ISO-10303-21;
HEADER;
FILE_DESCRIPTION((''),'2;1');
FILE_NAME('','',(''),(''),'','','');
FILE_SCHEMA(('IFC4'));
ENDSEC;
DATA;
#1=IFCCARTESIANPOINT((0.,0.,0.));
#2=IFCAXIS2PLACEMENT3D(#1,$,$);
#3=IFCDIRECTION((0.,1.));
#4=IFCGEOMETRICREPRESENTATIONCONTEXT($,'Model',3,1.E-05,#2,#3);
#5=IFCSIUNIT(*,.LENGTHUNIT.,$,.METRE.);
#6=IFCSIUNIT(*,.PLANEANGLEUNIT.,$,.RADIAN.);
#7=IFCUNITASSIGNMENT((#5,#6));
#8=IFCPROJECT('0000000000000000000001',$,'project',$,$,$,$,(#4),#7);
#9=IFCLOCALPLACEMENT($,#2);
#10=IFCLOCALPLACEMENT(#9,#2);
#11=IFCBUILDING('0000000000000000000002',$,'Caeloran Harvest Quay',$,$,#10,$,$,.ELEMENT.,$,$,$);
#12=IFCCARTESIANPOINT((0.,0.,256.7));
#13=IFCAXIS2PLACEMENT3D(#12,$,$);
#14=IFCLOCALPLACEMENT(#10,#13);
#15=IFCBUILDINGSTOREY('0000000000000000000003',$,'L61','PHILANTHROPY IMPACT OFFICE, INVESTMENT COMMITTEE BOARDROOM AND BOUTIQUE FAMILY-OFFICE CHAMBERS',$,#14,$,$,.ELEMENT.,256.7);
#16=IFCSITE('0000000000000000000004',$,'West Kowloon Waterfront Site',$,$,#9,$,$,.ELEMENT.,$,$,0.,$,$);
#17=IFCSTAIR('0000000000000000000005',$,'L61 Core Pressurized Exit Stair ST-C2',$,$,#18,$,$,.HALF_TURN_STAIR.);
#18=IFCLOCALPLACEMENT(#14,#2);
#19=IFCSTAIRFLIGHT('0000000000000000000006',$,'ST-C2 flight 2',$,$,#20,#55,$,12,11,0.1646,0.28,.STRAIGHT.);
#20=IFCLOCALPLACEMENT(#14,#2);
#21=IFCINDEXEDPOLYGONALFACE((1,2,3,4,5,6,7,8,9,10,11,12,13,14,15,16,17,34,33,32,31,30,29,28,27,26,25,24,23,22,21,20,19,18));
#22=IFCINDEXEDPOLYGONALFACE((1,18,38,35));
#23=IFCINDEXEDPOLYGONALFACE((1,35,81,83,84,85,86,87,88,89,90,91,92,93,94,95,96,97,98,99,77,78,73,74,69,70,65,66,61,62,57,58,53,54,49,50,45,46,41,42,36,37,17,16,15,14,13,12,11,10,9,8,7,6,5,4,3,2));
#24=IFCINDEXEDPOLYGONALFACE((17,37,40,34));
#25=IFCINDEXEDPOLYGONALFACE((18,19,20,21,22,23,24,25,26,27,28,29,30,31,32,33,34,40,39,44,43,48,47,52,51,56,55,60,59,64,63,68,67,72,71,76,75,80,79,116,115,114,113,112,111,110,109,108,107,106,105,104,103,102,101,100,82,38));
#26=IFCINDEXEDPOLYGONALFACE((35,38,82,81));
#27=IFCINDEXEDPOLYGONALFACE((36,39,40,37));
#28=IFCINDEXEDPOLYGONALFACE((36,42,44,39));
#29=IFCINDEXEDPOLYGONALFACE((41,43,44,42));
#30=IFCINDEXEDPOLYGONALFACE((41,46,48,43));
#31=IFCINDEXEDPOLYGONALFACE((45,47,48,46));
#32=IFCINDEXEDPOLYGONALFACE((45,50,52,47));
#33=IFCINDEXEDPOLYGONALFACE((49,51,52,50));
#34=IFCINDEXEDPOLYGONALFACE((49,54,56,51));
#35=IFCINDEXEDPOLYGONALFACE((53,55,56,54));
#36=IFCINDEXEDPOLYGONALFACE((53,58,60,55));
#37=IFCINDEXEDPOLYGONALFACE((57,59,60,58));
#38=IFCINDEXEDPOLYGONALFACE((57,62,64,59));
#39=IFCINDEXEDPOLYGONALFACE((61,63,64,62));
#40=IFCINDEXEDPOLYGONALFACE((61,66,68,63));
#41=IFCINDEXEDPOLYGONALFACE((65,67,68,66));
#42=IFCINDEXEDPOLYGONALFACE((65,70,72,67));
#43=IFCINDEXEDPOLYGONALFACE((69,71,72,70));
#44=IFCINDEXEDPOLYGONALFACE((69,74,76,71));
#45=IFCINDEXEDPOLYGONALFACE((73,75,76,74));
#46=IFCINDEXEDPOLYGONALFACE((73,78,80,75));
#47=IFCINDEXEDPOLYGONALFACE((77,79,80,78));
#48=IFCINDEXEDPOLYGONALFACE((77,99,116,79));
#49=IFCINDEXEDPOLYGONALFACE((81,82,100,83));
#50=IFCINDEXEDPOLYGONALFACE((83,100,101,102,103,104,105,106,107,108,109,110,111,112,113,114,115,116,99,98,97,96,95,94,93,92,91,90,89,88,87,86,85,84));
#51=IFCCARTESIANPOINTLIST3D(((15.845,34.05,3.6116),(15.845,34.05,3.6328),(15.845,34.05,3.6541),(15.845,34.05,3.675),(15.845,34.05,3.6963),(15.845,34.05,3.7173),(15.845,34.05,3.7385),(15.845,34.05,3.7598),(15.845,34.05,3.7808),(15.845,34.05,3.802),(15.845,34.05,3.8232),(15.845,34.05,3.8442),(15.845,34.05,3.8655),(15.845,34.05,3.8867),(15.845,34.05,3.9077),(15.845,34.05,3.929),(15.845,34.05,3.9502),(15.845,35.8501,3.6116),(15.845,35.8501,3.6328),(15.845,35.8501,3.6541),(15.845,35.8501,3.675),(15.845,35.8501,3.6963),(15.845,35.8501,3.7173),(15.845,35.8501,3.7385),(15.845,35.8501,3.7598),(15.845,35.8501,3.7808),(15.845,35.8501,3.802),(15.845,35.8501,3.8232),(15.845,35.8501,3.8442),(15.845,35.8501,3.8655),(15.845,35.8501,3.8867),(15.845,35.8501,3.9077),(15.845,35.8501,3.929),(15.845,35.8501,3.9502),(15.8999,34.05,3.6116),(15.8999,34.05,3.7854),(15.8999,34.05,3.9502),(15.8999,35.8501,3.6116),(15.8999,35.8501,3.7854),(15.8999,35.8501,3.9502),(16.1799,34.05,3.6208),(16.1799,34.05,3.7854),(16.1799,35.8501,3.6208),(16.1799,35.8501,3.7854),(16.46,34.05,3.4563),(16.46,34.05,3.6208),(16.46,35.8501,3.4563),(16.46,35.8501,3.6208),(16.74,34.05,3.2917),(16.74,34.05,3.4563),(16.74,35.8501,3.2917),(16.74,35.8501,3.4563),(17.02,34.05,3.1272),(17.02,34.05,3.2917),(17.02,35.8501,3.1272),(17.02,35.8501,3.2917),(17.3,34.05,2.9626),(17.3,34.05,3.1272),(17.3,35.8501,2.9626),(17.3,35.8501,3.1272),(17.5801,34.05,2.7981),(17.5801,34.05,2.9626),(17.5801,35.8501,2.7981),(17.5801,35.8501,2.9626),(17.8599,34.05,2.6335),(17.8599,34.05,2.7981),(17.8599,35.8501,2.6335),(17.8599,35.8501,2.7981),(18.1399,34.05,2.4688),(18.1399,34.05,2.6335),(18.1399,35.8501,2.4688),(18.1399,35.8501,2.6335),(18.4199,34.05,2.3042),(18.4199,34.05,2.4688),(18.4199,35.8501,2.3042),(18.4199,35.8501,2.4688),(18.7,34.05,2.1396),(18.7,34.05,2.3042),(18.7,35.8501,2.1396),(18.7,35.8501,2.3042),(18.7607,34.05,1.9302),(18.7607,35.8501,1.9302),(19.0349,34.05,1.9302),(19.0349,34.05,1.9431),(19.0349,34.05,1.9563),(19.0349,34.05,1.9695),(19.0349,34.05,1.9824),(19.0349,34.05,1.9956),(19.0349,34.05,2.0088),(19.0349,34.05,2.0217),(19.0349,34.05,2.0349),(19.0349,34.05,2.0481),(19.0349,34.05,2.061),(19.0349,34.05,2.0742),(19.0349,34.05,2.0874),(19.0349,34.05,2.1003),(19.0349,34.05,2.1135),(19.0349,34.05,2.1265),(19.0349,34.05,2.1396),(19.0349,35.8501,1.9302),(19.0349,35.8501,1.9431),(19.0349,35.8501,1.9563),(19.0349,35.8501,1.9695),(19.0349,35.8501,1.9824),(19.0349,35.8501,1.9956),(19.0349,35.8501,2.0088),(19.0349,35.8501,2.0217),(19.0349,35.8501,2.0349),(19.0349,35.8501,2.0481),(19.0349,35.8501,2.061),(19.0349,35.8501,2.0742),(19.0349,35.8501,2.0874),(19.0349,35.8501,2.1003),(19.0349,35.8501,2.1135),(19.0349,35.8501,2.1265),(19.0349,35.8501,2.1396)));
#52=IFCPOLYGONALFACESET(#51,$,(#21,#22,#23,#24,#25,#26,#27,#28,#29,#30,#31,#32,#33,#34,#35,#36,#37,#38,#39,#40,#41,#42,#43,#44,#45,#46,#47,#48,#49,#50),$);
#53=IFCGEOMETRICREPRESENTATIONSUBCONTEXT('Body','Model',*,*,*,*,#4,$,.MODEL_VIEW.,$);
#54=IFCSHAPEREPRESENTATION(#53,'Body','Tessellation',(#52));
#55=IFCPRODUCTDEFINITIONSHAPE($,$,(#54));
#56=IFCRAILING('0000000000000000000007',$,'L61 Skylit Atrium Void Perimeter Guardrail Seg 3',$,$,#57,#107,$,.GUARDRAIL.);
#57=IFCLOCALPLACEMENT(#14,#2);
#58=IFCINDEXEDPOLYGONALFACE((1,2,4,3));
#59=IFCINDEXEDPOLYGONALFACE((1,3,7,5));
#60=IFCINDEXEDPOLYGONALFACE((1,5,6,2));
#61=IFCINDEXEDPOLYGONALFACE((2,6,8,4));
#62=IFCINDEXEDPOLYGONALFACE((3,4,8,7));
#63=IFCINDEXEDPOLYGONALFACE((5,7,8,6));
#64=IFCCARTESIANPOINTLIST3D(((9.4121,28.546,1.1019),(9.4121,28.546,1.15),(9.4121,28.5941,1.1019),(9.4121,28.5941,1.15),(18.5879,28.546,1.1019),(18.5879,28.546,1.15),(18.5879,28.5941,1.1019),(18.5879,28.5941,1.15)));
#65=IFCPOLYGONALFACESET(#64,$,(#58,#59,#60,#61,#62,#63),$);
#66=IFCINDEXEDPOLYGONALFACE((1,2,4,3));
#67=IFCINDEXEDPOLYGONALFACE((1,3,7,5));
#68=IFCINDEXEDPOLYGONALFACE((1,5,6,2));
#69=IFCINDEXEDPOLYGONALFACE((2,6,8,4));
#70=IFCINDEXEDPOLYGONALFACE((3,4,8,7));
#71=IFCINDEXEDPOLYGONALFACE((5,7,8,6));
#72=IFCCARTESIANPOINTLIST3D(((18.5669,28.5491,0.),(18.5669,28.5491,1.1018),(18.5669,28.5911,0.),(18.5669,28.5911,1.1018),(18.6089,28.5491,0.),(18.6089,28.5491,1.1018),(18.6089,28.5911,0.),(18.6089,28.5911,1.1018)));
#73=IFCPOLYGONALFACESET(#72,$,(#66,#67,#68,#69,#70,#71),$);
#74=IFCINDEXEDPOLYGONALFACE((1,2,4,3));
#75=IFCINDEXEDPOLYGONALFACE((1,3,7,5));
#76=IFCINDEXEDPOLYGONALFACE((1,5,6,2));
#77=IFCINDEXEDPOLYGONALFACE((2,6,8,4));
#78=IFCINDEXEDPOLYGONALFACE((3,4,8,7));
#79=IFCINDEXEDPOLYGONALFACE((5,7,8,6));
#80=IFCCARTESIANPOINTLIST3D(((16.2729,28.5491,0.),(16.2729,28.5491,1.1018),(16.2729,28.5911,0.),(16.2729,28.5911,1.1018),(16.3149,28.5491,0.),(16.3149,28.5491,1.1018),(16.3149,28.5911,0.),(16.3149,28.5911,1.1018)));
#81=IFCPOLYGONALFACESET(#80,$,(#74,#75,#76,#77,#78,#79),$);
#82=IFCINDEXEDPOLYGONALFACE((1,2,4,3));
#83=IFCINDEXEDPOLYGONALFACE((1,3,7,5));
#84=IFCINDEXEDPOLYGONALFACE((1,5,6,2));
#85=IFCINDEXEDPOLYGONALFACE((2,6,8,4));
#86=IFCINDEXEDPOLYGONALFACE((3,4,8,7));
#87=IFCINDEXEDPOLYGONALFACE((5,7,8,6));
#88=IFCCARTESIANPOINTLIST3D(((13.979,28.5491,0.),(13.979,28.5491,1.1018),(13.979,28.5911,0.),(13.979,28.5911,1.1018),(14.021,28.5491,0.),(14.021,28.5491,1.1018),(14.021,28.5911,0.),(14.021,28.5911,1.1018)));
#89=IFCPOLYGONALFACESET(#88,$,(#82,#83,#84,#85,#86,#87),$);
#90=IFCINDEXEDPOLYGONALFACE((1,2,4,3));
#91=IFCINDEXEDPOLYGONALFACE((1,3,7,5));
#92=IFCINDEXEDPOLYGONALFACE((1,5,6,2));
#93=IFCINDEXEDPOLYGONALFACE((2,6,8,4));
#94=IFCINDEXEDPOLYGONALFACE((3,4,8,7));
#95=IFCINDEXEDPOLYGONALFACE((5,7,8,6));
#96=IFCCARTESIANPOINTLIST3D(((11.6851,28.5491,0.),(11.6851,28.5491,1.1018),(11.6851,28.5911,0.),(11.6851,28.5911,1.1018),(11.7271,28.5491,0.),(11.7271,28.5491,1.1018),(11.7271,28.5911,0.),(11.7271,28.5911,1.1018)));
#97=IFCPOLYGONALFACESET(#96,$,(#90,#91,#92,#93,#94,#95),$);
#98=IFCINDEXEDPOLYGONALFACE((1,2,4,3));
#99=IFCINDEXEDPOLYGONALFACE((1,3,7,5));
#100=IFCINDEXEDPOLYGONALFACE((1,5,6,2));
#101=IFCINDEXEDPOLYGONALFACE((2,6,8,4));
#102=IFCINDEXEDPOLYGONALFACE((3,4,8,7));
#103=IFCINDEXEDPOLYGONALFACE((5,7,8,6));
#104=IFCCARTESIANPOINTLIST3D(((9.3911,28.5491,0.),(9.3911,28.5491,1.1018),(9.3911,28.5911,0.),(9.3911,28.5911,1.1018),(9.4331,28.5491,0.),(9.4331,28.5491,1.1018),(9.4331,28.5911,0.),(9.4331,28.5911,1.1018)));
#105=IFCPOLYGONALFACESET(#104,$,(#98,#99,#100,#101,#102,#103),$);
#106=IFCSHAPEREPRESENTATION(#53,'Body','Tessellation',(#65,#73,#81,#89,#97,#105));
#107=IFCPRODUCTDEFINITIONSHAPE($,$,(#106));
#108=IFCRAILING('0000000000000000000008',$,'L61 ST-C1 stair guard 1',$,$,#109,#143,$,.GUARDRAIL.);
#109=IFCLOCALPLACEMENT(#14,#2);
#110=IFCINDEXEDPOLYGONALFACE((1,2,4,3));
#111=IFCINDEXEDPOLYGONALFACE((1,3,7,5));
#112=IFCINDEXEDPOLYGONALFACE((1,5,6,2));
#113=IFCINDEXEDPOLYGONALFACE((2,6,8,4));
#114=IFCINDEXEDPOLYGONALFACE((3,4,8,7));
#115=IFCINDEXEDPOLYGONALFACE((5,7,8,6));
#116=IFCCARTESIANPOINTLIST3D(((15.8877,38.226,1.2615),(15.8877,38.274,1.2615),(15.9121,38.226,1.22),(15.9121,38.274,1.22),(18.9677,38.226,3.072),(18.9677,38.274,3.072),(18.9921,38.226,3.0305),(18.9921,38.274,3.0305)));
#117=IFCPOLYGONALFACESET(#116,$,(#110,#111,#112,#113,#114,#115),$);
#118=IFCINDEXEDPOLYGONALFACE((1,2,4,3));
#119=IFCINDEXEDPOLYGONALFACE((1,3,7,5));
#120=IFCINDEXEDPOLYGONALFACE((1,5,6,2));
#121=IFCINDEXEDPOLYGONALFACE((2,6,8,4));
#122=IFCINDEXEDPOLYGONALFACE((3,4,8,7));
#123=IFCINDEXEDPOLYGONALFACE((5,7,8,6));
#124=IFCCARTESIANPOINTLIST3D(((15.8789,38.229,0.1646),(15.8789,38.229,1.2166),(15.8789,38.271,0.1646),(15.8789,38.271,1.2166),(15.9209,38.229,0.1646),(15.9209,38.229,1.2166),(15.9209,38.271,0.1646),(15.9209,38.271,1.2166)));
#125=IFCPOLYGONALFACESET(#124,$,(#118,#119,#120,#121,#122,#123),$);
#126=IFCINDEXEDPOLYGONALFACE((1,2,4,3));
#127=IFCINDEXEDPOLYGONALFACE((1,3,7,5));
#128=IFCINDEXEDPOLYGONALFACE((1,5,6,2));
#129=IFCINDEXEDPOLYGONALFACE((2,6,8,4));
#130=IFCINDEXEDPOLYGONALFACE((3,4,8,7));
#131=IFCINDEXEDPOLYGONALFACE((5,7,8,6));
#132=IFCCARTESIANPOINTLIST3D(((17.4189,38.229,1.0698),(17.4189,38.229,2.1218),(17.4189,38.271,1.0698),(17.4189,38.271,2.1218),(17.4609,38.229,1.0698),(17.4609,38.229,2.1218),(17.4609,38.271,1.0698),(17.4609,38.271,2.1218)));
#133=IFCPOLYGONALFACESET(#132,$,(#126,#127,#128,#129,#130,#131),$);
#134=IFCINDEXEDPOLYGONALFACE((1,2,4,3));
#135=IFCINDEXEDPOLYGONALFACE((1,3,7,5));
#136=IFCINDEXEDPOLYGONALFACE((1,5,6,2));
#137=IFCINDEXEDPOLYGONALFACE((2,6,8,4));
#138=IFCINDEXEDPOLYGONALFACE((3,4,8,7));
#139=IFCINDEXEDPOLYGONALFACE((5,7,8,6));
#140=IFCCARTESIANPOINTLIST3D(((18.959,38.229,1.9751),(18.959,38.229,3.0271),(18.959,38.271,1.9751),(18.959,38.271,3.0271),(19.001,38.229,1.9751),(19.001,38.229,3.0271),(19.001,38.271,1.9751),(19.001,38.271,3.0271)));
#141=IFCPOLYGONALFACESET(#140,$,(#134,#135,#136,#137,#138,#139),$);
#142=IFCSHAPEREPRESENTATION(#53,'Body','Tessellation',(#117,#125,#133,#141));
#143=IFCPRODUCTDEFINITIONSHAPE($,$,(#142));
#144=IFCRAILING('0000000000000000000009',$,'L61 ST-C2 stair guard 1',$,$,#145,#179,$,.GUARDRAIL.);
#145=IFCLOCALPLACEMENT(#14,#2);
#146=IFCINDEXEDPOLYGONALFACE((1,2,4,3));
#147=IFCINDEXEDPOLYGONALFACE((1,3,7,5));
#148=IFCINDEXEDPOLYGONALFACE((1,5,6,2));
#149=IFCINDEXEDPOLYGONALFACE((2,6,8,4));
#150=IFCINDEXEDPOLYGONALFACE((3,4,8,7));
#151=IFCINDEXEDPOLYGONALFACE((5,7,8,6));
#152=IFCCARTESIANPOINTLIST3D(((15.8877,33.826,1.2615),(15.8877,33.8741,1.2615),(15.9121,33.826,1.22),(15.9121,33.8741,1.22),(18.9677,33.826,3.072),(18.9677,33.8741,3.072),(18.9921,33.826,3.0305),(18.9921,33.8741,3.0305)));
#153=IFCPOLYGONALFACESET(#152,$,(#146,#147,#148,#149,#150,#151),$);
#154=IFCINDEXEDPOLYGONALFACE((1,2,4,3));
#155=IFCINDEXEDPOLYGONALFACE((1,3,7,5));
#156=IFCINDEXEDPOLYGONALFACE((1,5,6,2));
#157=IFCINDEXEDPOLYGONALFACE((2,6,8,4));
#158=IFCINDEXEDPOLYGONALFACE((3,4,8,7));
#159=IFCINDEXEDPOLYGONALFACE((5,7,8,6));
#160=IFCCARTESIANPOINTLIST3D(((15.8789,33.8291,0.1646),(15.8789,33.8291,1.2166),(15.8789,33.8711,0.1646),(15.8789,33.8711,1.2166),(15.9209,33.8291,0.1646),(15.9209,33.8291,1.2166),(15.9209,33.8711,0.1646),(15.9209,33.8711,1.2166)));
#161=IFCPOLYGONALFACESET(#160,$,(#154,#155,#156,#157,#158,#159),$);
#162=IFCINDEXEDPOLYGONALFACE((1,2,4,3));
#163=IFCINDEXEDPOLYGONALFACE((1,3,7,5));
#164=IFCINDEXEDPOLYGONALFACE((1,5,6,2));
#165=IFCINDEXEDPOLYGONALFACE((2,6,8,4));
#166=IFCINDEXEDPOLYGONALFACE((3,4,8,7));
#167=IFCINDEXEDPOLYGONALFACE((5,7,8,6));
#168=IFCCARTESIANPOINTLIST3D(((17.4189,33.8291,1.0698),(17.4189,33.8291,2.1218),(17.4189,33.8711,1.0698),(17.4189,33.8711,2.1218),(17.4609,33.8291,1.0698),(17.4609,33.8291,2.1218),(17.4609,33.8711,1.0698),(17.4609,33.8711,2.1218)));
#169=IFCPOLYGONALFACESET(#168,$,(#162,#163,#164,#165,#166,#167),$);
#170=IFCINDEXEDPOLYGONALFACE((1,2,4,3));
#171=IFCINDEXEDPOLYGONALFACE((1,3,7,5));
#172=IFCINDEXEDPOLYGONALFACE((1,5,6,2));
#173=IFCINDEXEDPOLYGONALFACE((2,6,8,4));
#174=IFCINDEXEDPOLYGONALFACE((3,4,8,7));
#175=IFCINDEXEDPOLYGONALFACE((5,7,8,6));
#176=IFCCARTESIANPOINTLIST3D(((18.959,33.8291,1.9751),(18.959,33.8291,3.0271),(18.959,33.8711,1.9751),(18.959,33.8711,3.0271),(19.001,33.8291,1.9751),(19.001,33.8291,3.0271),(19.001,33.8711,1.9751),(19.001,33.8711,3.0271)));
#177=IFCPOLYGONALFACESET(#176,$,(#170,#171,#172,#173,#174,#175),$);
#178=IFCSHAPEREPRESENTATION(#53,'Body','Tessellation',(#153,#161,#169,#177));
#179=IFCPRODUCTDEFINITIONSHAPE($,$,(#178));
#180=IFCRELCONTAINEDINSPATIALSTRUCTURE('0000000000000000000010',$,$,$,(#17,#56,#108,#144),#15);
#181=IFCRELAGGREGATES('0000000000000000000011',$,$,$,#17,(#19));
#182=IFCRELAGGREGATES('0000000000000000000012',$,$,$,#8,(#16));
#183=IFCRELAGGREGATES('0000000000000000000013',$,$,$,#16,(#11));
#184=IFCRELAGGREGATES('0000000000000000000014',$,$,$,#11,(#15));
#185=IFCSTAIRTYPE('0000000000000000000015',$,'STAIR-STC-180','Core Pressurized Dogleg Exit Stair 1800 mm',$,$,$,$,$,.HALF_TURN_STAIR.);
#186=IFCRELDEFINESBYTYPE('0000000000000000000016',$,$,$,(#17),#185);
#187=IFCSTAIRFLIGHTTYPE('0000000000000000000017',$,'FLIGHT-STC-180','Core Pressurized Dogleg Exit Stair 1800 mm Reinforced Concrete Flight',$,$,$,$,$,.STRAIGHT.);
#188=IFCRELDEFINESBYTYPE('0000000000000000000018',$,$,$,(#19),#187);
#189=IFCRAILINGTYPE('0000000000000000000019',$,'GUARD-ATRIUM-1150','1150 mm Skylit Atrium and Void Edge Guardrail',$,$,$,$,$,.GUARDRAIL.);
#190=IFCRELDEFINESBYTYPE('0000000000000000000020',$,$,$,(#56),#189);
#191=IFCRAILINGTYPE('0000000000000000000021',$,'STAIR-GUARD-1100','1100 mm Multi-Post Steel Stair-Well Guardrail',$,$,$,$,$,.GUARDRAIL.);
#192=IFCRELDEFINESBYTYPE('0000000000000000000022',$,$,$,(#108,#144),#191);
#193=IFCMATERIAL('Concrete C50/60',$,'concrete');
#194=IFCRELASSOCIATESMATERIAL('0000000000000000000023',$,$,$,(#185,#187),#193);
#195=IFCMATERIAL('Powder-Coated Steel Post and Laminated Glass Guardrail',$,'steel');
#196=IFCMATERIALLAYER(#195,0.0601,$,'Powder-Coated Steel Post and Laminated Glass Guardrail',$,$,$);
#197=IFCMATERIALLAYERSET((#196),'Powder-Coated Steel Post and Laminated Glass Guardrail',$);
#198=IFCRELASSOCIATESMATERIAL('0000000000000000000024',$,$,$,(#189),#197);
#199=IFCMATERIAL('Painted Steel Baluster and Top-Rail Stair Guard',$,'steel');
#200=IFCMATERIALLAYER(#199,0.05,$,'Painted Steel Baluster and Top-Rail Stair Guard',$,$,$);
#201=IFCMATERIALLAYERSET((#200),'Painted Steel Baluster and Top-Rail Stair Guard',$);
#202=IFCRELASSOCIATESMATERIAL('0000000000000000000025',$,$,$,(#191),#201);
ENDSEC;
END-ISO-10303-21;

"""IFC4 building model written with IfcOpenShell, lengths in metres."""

from ifc_helpers import new_model, si_unit, direction, frame, origin, origin_2d, place, context, subcontext, project, spatial, polyline, rectangle, outline, extrude, material, layer, layer_set, type_object, element, aggregate, save


model = new_model("IFC4")

# Units and contexts
model_context = context("Model", 3, precision=1e-05, world=origin(), true_north=direction((0.0, 1.0)))
body_context = subcontext(model_context, "Body", "Model", "MODEL_VIEW")
ifc_project = project(units=[si_unit("LENGTHUNIT", "METRE"), si_unit("PLANEANGLEUNIT", "RADIAN")], contexts=[model_context])

# Site, building, storey
site_placement = place(None, origin())
site = spatial("IfcSite", under=ifc_project, at=site_placement, Name="West Kowloon Waterfront Site", CompositionType="ELEMENT", RefElevation=0.0)
building_placement = place(site_placement, origin())
building = spatial("IfcBuilding", under=site, at=building_placement, Name="Caeloran Harvest Quay", CompositionType="ELEMENT")
storey_placement = place(building_placement, frame((0.0, 0.0, 256.7)))
storey = spatial("IfcBuildingStorey", under=building, at=storey_placement, Name="L61", Description="PHILANTHROPY IMPACT OFFICE, INVESTMENT COMMITTEE BOARDROOM AND BOUTIQUE FAMILY-OFFICE CHAMBERS", CompositionType="ELEMENT", Elevation=256.7)

# Shared definitions
ifc_material_1 = material(Name="Concrete C50/60", Category="concrete")
stair_type = type_object("IfcStairType", Name="STAIR-STC-180", Description="Core Pressurized Dogleg Exit Stair 1800 mm", PredefinedType="HALF_TURN_STAIR", material=ifc_material_1)
stair_flight_type = type_object("IfcStairFlightType", Name="FLIGHT-STC-180", Description="Core Pressurized Dogleg Exit Stair 1800 mm Reinforced Concrete Flight", PredefinedType="STRAIGHT", material=ifc_material_1)

# Stair, stair flight
stair_1_placement = place(storey_placement, origin())
stair_1 = element("IfcStair", 1, at=stair_1_placement, inside=storey, type_object=stair_type, Name="L61 Core Pressurized Exit Stair ST-C2", PredefinedType="HALF_TURN_STAIR")
stair_flight_1_placement = place(storey_placement, frame((18.98, 34.95, 1.9751), z_axis=(0.0, 0.0, 1.0), x_axis=(-1.0, 0.0, 0.0)))
stair_flight_1 = element("IfcStairFlight", 2, at=stair_flight_1_placement, type_object=stair_flight_type, Name="ST-C2 flight 2", NumberOfRisers=12, NumberOfTreads=11, PredefinedType="STRAIGHT", RiserHeight=0.1646, TreadLength=0.28, context=body_context, shape_type="SweptSolid", body=[
    extrude(outline(polyline([(-0.0549, -0.0449), (-0.0549, -0.032), (-0.0549, -0.0188), (-0.0549, -0.0056), (-0.0549, 0.0073), (-0.0549, 0.0205), (-0.0549, 0.0337), (-0.0549, 0.0466), (-0.0549, 0.0598), (-0.0549, 0.073), (-0.0549, 0.0859), (-0.0549, 0.0991), (-0.0549, 0.1123), (-0.0549, 0.1252), (-0.0549, 0.1384), (-0.0549, 0.1514), (-0.0549, 0.1646), (0.28, 0.1646), (0.28, 0.3291), (0.5601, 0.3291), (0.5601, 0.4937), (0.8401, 0.4937), (0.8401, 0.6584), (1.1201, 0.6584), (1.1201, 0.823), (1.3999, 0.823), (1.3999, 0.9875), (1.6799, 0.9875), (1.6799, 1.1521), (1.96, 1.1521), (1.96, 1.3167), (2.24, 1.3167), (2.24, 1.4812), (2.52, 1.4812), (2.52, 1.6458), (2.8, 1.6458), (2.8, 1.8103), (3.0801, 1.8103), (3.0801, 1.9751), (3.135, 1.9751), (3.135, 1.9539), (3.135, 1.9326), (3.135, 1.9116), (3.135, 1.8904), (3.135, 1.8691), (3.135, 1.8481), (3.135, 1.8269), (3.135, 1.8057), (3.135, 1.7847), (3.135, 1.7634), (3.135, 1.7422), (3.135, 1.7212), (3.135, 1.7), (3.135, 1.679), (3.135, 1.6577), (3.135, 1.6365), (3.0801, 1.6365), (0.2192, -0.0449), (-0.0549, -0.0449)])), frame((0.0, 0.8999, 0.0), z_axis=(0.0, -1.0, 0.0), x_axis=(1.0, 0.0, 0.0)), (0.0, 0.0, 1.0), 1.8),
])
aggregate(stair_1, [stair_flight_1])

# Railings
ifc_material_2 = material(Name="Powder-Coated Steel Post and Laminated Glass Guardrail", Category="steel")
ifc_layer_1 = layer(ifc_material_2, 0.0601, Name="Powder-Coated Steel Post and Laminated Glass Guardrail")
ifc_layer_set_1 = layer_set([ifc_layer_1], Name="Powder-Coated Steel Post and Laminated Glass Guardrail")
railing_type_1 = type_object("IfcRailingType", Name="GUARD-ATRIUM-1150", Description="1150 mm Skylit Atrium and Void Edge Guardrail", PredefinedType="GUARDRAIL", material=ifc_layer_set_1)
railing_1_placement = place(storey_placement, frame((18.5879, 28.5701, 0.0)))
element("IfcRailing", 3, at=railing_1_placement, inside=storey, type_object=railing_type_1, Name="L61 Skylit Atrium Void Perimeter Guardrail Seg 3", PredefinedType="GUARDRAIL", context=body_context, shape_type="SweptSolid", body=[
    extrude(rectangle(XDim=0.0481, YDim=0.0481, at=origin_2d()), frame((0.0, 0.0, 1.126), z_axis=(-1.0, 0.0, 0.0), x_axis=(0.0, -1.0, 0.0)), (0.0, 0.0, 1.0), 9.1758),
    extrude(rectangle(XDim=0.042, YDim=0.042, at=origin_2d()), origin(), (0.0, 0.0, 1.0), 1.1018),
    extrude(rectangle(XDim=0.042, YDim=0.042, at=origin_2d()), frame((-2.2939, 0.0, 0.0)), (0.0, 0.0, 1.0), 1.1018),
    extrude(rectangle(XDim=0.042, YDim=0.042, at=origin_2d()), frame((-4.5879, 0.0, 0.0)), (0.0, 0.0, 1.0), 1.1018),
    extrude(rectangle(XDim=0.042, YDim=0.042, at=origin_2d()), frame((-6.8818, 0.0, 0.0)), (0.0, 0.0, 1.0), 1.1018),
    extrude(rectangle(XDim=0.042, YDim=0.042, at=origin_2d()), frame((-9.1758, 0.0, 0.0)), (0.0, 0.0, 1.0), 1.1018),
])
ifc_material_3 = material(Name="Painted Steel Baluster and Top-Rail Stair Guard", Category="steel")
ifc_layer_2 = layer(ifc_material_3, 0.05, Name="Painted Steel Baluster and Top-Rail Stair Guard")
ifc_layer_set_2 = layer_set([ifc_layer_2], Name="Painted Steel Baluster and Top-Rail Stair Guard")
railing_type_2 = type_object("IfcRailingType", Name="STAIR-GUARD-1100", Description="1100 mm Multi-Post Steel Stair-Well Guardrail", PredefinedType="GUARDRAIL", material=ifc_layer_set_2)
for number, where, name in (
    (4, (15.8999, 38.25, 0.1646), "L61 ST-C1 stair guard 1"),
    (5, (15.8999, 33.8501, 0.1646), "L61 ST-C2 stair guard 1"),
):
    element("IfcRailing", number, at=place(storey_placement, frame(where)), inside=storey, type_object=railing_type_2, Name=name, PredefinedType="GUARDRAIL", context=body_context, shape_type="SweptSolid", body=[
        extrude(rectangle(XDim=0.0481, YDim=0.0481, at=origin_2d()), frame((0.0, 0.0, 1.0762), z_axis=(0.862089, 0.0, 0.506757), x_axis=(0.0, 1.0, 0.0)), (0.0, 0.0, 1.0), 3.5728),
        extrude(rectangle(XDim=0.042, YDim=0.042, at=origin_2d()), origin(), (0.0, 0.0, 1.0), 1.052),
        extrude(rectangle(XDim=0.042, YDim=0.042, at=origin_2d()), frame((1.54, 0.0, 0.9053)), (0.0, 0.0, 1.0), 1.052),
        extrude(rectangle(XDim=0.042, YDim=0.042, at=origin_2d()), frame((3.0801, 0.0, 1.8105)), (0.0, 0.0, 1.0), 1.052),
    ])

save(model, "model.ifc")
